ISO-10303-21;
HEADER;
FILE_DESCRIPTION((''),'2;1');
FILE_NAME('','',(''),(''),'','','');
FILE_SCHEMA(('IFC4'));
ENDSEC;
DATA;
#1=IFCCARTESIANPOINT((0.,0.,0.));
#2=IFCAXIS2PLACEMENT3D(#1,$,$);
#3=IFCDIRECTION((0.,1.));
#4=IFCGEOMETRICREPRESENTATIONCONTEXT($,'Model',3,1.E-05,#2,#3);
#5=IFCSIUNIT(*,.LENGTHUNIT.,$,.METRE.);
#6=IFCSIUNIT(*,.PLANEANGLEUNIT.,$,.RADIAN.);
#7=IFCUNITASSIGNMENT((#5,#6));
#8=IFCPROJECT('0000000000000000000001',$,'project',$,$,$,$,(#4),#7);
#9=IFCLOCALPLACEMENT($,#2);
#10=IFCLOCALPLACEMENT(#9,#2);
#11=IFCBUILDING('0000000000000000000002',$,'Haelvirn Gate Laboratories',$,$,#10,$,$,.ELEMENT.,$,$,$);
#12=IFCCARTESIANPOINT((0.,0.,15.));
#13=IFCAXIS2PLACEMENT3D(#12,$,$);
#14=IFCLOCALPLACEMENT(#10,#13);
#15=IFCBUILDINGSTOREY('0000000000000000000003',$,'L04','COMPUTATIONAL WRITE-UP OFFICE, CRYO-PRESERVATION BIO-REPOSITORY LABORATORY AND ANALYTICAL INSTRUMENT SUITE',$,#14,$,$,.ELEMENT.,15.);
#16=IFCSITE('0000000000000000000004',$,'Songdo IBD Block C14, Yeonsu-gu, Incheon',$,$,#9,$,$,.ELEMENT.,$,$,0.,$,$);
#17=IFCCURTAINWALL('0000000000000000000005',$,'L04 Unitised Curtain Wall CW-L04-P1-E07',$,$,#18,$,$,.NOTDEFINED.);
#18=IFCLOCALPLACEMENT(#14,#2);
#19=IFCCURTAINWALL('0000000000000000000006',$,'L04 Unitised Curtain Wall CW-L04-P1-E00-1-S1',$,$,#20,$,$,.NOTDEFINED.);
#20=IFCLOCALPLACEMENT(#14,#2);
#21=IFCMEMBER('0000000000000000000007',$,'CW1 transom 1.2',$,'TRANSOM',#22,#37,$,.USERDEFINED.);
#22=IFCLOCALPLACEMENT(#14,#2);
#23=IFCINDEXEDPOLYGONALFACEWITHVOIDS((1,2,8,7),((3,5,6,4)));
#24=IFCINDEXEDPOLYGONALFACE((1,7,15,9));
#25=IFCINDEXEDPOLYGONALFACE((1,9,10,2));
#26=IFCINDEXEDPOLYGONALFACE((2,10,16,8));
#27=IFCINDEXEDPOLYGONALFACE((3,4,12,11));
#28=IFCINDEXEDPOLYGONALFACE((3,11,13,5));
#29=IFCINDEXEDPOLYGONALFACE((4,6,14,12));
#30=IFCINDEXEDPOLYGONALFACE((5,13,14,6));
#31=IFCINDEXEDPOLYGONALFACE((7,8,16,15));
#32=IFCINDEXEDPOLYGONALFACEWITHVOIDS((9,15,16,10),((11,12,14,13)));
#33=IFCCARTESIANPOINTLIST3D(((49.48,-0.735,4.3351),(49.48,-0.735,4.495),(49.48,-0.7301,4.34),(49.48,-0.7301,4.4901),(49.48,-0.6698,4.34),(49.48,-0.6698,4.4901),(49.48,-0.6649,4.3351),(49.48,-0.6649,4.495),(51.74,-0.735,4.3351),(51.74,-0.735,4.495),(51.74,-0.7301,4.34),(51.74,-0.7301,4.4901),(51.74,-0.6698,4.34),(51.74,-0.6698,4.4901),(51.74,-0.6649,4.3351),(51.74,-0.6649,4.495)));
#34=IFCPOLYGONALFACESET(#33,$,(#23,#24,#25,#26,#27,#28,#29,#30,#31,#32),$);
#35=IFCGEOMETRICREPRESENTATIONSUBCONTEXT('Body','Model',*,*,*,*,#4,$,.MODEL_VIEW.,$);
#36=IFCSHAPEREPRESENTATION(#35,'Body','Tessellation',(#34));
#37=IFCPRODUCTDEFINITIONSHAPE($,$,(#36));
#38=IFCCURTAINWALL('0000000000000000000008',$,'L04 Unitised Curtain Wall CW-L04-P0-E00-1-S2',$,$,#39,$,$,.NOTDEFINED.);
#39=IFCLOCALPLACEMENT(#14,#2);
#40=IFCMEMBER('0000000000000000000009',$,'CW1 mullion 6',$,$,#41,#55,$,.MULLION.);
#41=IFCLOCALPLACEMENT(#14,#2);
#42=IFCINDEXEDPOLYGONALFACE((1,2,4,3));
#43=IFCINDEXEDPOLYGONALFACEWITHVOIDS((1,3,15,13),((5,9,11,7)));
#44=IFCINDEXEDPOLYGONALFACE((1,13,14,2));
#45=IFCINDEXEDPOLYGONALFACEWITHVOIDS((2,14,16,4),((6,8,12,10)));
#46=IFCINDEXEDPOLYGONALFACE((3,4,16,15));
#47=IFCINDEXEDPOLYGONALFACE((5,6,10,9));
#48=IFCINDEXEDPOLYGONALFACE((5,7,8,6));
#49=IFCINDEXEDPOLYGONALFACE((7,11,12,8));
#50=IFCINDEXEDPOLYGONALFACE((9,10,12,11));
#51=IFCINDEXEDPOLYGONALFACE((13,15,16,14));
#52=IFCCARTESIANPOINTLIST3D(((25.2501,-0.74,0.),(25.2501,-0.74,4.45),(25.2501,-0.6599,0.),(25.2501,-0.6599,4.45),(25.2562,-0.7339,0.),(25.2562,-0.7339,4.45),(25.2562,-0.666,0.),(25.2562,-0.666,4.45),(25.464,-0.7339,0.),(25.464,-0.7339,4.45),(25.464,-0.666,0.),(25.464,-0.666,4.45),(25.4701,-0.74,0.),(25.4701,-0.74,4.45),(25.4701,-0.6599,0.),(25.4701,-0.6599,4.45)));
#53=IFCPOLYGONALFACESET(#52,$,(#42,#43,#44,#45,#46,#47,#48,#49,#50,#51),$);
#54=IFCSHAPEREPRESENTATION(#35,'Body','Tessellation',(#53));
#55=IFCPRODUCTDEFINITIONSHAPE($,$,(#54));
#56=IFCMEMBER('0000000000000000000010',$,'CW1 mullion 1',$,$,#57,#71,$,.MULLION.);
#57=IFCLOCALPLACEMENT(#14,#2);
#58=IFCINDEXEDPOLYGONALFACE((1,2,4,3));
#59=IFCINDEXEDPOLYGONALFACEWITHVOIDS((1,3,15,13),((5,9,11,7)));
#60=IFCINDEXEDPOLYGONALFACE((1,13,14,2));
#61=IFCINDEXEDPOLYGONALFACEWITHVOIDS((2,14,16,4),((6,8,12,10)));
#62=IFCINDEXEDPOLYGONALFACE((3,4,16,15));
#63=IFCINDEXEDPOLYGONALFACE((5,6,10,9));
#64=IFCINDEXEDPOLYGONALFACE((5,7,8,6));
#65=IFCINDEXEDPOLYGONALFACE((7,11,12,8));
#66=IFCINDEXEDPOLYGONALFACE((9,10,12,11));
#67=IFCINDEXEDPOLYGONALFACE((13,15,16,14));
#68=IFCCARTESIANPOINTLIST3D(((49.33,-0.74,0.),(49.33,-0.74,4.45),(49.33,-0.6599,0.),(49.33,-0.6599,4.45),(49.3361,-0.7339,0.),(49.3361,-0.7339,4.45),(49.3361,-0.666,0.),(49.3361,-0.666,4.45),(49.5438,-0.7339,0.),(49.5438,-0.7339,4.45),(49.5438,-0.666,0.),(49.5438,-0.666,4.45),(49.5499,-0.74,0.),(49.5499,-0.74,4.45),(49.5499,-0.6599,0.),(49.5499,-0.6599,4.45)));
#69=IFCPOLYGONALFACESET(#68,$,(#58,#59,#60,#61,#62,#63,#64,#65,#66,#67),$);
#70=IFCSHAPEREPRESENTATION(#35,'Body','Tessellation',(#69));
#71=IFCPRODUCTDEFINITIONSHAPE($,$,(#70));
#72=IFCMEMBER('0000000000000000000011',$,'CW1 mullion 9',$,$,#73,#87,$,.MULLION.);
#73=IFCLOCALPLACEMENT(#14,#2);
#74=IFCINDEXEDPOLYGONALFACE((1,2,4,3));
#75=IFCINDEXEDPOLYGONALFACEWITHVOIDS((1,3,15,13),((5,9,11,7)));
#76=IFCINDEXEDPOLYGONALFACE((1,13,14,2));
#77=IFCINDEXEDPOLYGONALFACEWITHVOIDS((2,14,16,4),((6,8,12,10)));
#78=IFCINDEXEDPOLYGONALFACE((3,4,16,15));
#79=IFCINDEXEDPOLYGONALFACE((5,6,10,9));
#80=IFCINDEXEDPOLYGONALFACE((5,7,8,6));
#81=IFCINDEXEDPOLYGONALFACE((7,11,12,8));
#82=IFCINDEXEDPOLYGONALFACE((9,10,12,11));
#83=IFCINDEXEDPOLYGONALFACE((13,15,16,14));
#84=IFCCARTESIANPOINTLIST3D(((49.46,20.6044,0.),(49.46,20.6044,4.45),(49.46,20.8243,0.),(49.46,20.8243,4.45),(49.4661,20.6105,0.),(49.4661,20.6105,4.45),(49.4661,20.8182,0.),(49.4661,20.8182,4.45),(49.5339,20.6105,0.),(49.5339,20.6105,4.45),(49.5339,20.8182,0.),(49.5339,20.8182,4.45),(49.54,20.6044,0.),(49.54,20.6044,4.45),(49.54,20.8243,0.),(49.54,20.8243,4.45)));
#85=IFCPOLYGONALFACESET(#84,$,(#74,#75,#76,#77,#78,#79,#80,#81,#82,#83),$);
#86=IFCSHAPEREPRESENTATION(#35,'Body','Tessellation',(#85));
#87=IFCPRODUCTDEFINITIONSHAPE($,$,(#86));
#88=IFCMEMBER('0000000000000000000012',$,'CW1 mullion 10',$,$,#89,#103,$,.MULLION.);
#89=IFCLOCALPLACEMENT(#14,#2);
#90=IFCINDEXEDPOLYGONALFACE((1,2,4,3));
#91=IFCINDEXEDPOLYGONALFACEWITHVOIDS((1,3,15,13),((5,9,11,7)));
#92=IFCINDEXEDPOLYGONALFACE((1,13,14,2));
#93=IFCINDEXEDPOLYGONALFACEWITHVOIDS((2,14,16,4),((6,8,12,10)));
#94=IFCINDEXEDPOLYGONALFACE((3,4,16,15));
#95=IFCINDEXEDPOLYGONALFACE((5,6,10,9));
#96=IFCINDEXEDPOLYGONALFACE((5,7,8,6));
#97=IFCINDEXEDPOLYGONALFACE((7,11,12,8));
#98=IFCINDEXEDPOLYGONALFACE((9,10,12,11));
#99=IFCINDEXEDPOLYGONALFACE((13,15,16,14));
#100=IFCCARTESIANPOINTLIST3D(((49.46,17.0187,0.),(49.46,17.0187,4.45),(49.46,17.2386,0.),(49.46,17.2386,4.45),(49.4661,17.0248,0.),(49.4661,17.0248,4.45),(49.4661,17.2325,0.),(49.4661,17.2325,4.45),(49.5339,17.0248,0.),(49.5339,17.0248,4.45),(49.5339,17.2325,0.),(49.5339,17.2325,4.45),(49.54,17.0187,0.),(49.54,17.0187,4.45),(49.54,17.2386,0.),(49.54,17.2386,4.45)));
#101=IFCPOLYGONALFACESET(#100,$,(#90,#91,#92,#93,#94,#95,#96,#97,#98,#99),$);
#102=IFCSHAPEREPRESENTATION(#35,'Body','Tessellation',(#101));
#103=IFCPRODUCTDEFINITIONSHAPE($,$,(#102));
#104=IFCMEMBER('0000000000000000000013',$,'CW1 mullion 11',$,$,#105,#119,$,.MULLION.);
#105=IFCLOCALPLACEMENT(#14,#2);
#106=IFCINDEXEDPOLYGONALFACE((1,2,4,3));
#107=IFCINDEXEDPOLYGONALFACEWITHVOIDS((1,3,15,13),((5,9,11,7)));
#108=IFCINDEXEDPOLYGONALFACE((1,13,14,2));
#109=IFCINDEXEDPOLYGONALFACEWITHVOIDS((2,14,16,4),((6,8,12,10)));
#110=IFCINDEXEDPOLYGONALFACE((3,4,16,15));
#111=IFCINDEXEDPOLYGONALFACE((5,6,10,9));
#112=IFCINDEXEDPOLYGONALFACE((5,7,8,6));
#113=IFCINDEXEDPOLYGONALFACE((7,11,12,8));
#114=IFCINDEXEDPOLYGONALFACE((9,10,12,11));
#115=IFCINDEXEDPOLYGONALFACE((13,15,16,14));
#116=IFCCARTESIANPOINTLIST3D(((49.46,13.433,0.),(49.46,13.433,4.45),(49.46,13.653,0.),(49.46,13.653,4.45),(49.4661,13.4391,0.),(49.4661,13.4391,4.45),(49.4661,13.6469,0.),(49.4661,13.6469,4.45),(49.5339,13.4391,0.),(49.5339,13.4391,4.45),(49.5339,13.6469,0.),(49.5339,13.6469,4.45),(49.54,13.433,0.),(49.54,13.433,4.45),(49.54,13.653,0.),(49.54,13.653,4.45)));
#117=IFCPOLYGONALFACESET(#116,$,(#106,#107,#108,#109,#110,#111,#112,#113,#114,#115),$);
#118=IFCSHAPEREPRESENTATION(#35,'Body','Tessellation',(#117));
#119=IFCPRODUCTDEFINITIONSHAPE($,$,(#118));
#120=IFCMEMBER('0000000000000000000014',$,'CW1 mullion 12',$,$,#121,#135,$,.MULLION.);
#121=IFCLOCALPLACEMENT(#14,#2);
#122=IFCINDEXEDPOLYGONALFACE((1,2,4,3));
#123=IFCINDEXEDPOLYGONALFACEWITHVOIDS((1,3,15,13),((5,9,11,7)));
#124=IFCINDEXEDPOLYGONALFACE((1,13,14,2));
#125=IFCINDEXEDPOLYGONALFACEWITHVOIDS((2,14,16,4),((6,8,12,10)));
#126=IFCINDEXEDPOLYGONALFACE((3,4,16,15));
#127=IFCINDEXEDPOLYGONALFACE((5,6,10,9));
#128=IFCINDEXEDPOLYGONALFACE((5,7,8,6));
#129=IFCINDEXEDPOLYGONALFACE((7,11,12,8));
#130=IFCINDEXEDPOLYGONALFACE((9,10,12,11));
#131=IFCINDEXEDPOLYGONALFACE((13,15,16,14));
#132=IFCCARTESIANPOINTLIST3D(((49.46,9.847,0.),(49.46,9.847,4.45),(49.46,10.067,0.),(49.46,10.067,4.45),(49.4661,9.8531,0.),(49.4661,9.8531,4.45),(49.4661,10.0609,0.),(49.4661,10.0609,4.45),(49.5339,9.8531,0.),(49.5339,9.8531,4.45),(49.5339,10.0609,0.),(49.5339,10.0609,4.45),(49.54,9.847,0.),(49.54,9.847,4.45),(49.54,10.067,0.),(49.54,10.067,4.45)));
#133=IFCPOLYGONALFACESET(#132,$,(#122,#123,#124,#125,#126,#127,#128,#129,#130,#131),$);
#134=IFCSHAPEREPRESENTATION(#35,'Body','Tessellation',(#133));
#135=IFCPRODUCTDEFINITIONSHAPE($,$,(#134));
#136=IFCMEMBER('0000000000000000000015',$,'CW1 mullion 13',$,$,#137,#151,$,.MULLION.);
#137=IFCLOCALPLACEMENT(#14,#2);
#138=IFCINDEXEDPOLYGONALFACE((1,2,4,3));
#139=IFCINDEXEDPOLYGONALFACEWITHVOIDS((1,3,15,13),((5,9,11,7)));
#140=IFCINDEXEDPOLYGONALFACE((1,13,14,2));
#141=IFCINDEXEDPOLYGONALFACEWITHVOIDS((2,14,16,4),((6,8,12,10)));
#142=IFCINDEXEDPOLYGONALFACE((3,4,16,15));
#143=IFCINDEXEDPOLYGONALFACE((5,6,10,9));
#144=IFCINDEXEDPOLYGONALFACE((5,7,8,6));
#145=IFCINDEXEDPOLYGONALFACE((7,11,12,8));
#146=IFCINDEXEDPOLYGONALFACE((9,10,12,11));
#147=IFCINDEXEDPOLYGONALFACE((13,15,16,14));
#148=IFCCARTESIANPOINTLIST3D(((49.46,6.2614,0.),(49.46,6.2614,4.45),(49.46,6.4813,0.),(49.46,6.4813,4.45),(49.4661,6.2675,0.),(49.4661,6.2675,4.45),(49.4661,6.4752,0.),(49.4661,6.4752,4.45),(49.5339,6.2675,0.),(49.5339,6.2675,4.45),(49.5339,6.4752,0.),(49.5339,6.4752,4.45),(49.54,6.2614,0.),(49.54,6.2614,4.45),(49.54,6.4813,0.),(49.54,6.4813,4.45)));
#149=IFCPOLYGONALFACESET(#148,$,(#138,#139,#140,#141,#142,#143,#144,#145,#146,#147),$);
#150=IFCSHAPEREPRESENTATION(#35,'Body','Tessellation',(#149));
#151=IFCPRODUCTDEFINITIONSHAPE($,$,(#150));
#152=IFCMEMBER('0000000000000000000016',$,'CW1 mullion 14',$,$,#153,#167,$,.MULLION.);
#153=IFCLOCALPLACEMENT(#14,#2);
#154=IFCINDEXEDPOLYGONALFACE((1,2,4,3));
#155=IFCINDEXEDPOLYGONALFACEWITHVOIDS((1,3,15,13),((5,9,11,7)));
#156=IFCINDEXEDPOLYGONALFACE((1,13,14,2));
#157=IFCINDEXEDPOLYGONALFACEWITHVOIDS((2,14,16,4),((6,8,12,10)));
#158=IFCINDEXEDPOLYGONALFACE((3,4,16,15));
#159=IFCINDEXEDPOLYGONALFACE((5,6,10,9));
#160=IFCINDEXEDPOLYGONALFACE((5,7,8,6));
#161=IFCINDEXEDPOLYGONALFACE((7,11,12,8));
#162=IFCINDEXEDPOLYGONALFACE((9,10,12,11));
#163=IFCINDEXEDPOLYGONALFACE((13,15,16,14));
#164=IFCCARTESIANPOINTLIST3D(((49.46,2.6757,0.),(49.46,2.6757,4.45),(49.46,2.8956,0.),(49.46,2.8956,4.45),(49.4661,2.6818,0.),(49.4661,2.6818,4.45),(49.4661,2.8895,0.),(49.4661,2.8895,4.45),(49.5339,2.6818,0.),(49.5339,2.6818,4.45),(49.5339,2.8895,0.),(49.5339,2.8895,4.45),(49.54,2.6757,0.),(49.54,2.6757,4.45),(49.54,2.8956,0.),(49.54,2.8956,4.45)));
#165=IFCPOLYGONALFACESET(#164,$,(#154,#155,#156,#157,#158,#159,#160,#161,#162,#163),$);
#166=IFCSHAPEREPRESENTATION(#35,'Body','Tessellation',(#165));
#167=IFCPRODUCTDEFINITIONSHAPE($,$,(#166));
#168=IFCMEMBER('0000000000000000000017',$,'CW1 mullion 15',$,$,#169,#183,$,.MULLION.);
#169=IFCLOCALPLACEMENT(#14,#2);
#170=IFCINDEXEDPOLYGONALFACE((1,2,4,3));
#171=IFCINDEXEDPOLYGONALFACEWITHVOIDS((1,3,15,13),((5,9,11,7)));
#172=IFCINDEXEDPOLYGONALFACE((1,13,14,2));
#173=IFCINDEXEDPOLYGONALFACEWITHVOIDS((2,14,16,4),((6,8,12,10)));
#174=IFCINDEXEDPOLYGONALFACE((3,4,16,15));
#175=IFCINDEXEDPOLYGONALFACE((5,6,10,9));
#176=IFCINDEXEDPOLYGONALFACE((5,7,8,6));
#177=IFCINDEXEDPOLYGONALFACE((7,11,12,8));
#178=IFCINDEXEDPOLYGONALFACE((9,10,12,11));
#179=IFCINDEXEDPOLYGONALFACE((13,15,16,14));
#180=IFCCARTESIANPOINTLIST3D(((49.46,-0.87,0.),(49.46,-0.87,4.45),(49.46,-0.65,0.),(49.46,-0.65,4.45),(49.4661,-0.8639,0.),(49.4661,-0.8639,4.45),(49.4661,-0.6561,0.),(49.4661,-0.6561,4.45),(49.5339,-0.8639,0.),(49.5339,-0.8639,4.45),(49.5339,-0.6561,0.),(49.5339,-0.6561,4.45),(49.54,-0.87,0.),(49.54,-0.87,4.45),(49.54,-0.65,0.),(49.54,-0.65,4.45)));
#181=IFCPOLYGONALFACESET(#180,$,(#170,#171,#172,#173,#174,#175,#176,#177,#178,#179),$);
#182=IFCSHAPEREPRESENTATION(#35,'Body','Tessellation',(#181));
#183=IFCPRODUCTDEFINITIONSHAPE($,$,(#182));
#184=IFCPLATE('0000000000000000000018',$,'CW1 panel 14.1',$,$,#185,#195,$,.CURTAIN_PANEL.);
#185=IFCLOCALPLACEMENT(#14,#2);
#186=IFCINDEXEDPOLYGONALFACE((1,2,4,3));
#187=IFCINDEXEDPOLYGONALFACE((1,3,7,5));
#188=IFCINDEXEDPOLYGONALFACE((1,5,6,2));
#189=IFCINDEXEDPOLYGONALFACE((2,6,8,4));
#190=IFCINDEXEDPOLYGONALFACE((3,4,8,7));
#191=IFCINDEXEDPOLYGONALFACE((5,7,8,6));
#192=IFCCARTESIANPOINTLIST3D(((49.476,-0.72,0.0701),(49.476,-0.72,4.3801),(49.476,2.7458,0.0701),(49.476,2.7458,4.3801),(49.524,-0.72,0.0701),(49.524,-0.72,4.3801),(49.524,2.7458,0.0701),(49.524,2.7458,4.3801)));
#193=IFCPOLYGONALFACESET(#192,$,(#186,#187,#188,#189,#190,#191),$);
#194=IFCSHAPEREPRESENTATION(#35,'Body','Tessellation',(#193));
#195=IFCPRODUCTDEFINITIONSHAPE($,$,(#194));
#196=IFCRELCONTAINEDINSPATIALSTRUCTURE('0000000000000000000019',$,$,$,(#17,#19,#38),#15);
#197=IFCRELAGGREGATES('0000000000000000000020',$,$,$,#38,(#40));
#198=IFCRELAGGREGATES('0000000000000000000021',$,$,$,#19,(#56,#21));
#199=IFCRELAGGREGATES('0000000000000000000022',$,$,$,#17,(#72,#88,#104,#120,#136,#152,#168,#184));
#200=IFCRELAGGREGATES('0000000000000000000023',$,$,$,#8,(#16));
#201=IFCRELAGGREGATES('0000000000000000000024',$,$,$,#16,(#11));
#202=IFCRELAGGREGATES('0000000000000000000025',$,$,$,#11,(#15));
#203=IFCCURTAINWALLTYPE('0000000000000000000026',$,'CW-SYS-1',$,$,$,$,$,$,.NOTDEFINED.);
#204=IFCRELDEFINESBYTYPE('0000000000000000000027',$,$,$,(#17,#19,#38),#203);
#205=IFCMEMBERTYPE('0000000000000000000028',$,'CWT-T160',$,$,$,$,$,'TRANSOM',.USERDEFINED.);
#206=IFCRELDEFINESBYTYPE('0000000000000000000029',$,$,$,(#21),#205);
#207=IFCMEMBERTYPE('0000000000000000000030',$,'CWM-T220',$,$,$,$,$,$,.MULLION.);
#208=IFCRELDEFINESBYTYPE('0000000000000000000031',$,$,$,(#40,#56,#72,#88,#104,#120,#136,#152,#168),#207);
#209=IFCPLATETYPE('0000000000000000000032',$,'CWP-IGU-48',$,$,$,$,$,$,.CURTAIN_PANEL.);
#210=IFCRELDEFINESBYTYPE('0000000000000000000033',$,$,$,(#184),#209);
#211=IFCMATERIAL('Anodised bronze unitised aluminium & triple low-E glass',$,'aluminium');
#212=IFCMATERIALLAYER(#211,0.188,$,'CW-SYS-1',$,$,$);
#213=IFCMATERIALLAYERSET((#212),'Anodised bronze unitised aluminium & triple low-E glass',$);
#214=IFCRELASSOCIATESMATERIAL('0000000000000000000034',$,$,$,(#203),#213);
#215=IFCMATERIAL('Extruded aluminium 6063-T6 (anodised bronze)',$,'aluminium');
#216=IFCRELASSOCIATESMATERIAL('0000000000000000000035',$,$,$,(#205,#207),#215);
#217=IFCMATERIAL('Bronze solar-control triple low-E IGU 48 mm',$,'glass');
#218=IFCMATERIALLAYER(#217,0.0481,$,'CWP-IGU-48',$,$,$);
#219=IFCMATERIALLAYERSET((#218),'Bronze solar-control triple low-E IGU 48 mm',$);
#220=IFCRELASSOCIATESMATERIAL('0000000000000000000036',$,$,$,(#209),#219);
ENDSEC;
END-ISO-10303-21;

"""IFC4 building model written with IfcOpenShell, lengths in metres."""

from ifc_helpers import new_model, si_unit, direction, frame, origin, origin_2d, place, context, subcontext, project, spatial, rectangle, hollow_rectangle, extrude, source, transform, mapped, material, layer, layer_set, material_profile, profile_set, type_object, type_shapes, element, aggregate, save


model = new_model("IFC4")

# Units and contexts
model_context = context("Model", 3, precision=1e-05, world=origin(), true_north=direction((0.0, 1.0)))
body_context = subcontext(model_context, "Body", "Model", "MODEL_VIEW")
ifc_project = project(units=[si_unit("LENGTHUNIT", "METRE"), si_unit("PLANEANGLEUNIT", "RADIAN")], contexts=[model_context])

# Site, building, storey
site_placement = place(None, origin())
site = spatial("IfcSite", under=ifc_project, at=site_placement, Name="Songdo IBD Block C14, Yeonsu-gu, Incheon", CompositionType="ELEMENT", RefElevation=0.0)
building_placement = place(site_placement, origin())
building = spatial("IfcBuilding", under=site, at=building_placement, Name="Haelvirn Gate Laboratories", CompositionType="ELEMENT")
storey_placement = place(building_placement, frame((0.0, 0.0, 15.0)))
storey = spatial("IfcBuildingStorey", under=building, at=storey_placement, Name="L04", Description="COMPUTATIONAL WRITE-UP OFFICE, CRYO-PRESERVATION BIO-REPOSITORY LABORATORY AND ANALYTICAL INSTRUMENT SUITE", CompositionType="ELEMENT", Elevation=15.0)

# Curtain walls, member
ifc_material_1 = material(Name="Anodised bronze unitised aluminium & triple low-E glass", Category="aluminium")
ifc_layer_1 = layer(ifc_material_1, 0.188, Name="CW-SYS-1")
ifc_layer_set_1 = layer_set([ifc_layer_1], Name="Anodised bronze unitised aluminium & triple low-E glass")
curtain_wall_type = type_object("IfcCurtainWallType", Name="CW-SYS-1", PredefinedType="NOTDEFINED", material=ifc_layer_set_1)
curtain_wall_1_placement = place(storey_placement, origin())
curtain_wall_1 = element("IfcCurtainWall", 1, at=curtain_wall_1_placement, inside=storey, type_object=curtain_wall_type, Name="L04 Unitised Curtain Wall CW-L04-P1-E07", PredefinedType="NOTDEFINED")
ifc_material_2 = material(Name="Extruded aluminium 6063-T6 (anodised bronze)", Category="aluminium")
ifc_material_profile_1 = material_profile(ifc_material_2, hollow_rectangle(XDim=0.0701, YDim=0.1599, WallThickness=0.0049, at=origin_2d()), Name="CWT-160x70x5")
ifc_profile_set_1 = profile_set([ifc_material_profile_1], Name="Extruded aluminium 6063-T6 (anodised bronze)")
member_type_1 = type_object("IfcMemberType", Name="CWT-T160", ElementType="TRANSOM", PredefinedType="USERDEFINED", material=ifc_profile_set_1)
curtain_wall_2_placement = place(storey_placement, origin())
curtain_wall_2 = element("IfcCurtainWall", 2, at=curtain_wall_2_placement, inside=storey, type_object=curtain_wall_type, Name="L04 Unitised Curtain Wall CW-L04-P1-E00-1-S1", PredefinedType="NOTDEFINED")
shared_shape_1 = source(origin(), body_context, "Body", "SweptSolid", [
    extrude(hollow_rectangle(XDim=0.0701, YDim=0.1599, WallThickness=0.0049, at=origin_2d()), origin(), (0.0, 0.0, 1.0), 2.26),
])
member_1_placement = place(storey_placement, frame((49.48, -0.7, 4.415), z_axis=(1.0, 0.0, 0.0), x_axis=(0.0, 1.0, 0.0)))
member_1 = element("IfcMember", 3, at=member_1_placement, type_object=member_type_1, Name="CW1 transom 1.2", ObjectType="TRANSOM", PredefinedType="USERDEFINED", context=body_context, shape_type="MappedRepresentation", body=[
    mapped(shared_shape_1, transform((0.0, 0.0, 0.0), scale=1.0)),
])

# Curtain wall, member
curtain_wall_3_placement = place(storey_placement, origin())
curtain_wall_3 = element("IfcCurtainWall", 4, at=curtain_wall_3_placement, inside=storey, type_object=curtain_wall_type, Name="L04 Unitised Curtain Wall CW-L04-P0-E00-1-S2", PredefinedType="NOTDEFINED")
ifc_material_profile_2 = material_profile(ifc_material_2, hollow_rectangle(XDim=0.0801, YDim=0.22, WallThickness=0.0061, at=origin_2d()), Name="CWM-220x80x6")
ifc_profile_set_2 = profile_set([ifc_material_profile_2], Name="Extruded aluminium 6063-T6 (anodised bronze)")
member_type_2 = type_object("IfcMemberType", Name="CWM-T220", PredefinedType="MULLION", material=ifc_profile_set_2)
shared_shape_2 = source(origin(), body_context, "Body", "SweptSolid", [
    extrude(hollow_rectangle(XDim=0.0801, YDim=0.22, WallThickness=0.0061, at=origin_2d()), origin(), (0.0, 0.0, 1.0), 4.45),
])
type_shapes(member_type_2, [shared_shape_2])
member_2_placement = place(storey_placement, frame((25.3601, -0.7, 0.0), z_axis=(0.0, 0.0, 1.0), x_axis=(0.0, 1.0, 0.0)))
member_2 = element("IfcMember", 5, at=member_2_placement, type_object=member_type_2, Name="CW1 mullion 6", PredefinedType="MULLION", context=body_context, shape_type="MappedRepresentation", body=[
    mapped(shared_shape_2, transform((0.0, 0.0, 0.0), scale=1.0)),
])
aggregate(curtain_wall_3, [member_2])

# Members
member_3_placement = place(storey_placement, frame((49.4399, -0.7, 0.0), z_axis=(0.0, 0.0, 1.0), x_axis=(0.0, 1.0, 0.0)))
member_3 = element("IfcMember", 6, at=member_3_placement, type_object=member_type_2, Name="CW1 mullion 1", PredefinedType="MULLION", context=body_context, shape_type="MappedRepresentation", body=[
    mapped(shared_shape_2, transform((0.0, 0.0, 0.0), scale=1.0)),
])
aggregate(curtain_wall_2, [member_3, member_1])
member_4_placement = place(storey_placement, frame((49.5, 20.7144, 0.0), z_axis=(0.0, 0.0, 1.0), x_axis=(1.0, 0.0, 0.0)))
member_4 = element("IfcMember", 7, at=member_4_placement, type_object=member_type_2, Name="CW1 mullion 9", PredefinedType="MULLION", context=body_context, shape_type="MappedRepresentation", body=[
    mapped(shared_shape_2, transform((0.0, 0.0, 0.0), scale=1.0)),
])
member_5_placement = place(storey_placement, frame((49.5, 17.1287, 0.0), z_axis=(0.0, 0.0, 1.0), x_axis=(1.0, 0.0, 0.0)))
member_5 = element("IfcMember", 8, at=member_5_placement, type_object=member_type_2, Name="CW1 mullion 10", PredefinedType="MULLION", context=body_context, shape_type="MappedRepresentation", body=[
    mapped(shared_shape_2, transform((0.0, 0.0, 0.0), scale=1.0)),
])
member_6_placement = place(storey_placement, frame((49.5, 13.543, 0.0), z_axis=(0.0, 0.0, 1.0), x_axis=(1.0, 0.0, 0.0)))
member_6 = element("IfcMember", 9, at=member_6_placement, type_object=member_type_2, Name="CW1 mullion 11", PredefinedType="MULLION", context=body_context, shape_type="MappedRepresentation", body=[
    mapped(shared_shape_2, transform((0.0, 0.0, 0.0), scale=1.0)),
])
member_7_placement = place(storey_placement, frame((49.5, 9.957, 0.0), z_axis=(0.0, 0.0, 1.0), x_axis=(1.0, 0.0, 0.0)))
member_7 = element("IfcMember", 10, at=member_7_placement, type_object=member_type_2, Name="CW1 mullion 12", PredefinedType="MULLION", context=body_context, shape_type="MappedRepresentation", body=[
    mapped(shared_shape_2, transform((0.0, 0.0, 0.0), scale=1.0)),
])
member_8_placement = place(storey_placement, frame((49.5, 6.3713, 0.0), z_axis=(0.0, 0.0, 1.0), x_axis=(1.0, 0.0, 0.0)))
member_8 = element("IfcMember", 11, at=member_8_placement, type_object=member_type_2, Name="CW1 mullion 13", PredefinedType="MULLION", context=body_context, shape_type="MappedRepresentation", body=[
    mapped(shared_shape_2, transform((0.0, 0.0, 0.0), scale=1.0)),
])
member_9_placement = place(storey_placement, frame((49.5, 2.7856, 0.0), z_axis=(0.0, 0.0, 1.0), x_axis=(1.0, 0.0, 0.0)))
member_9 = element("IfcMember", 12, at=member_9_placement, type_object=member_type_2, Name="CW1 mullion 14", PredefinedType="MULLION", context=body_context, shape_type="MappedRepresentation", body=[
    mapped(shared_shape_2, transform((0.0, 0.0, 0.0), scale=1.0)),
])
member_10_placement = place(storey_placement, frame((49.5, -0.76, 0.0), z_axis=(0.0, 0.0, 1.0), x_axis=(1.0, 0.0, 0.0)))
member_10 = element("IfcMember", 13, at=member_10_placement, type_object=member_type_2, Name="CW1 mullion 15", PredefinedType="MULLION", context=body_context, shape_type="MappedRepresentation", body=[
    mapped(shared_shape_2, transform((0.0, 0.0, 0.0), scale=1.0)),
])

# Plate
ifc_material_3 = material(Name="Bronze solar-control triple low-E IGU 48 mm", Category="glass")
ifc_layer_2 = layer(ifc_material_3, 0.0481, Name="CWP-IGU-48")
ifc_layer_set_2 = layer_set([ifc_layer_2], Name="Bronze solar-control triple low-E IGU 48 mm")
plate_type = type_object("IfcPlateType", Name="CWP-IGU-48", PredefinedType="CURTAIN_PANEL", material=ifc_layer_set_2)
shared_shape_3 = source(origin(), body_context, "Body", "SweptSolid", [
    extrude(rectangle(XDim=3.4658, YDim=0.0481, at=origin_2d()), origin(), (0.0, 0.0, 1.0), 4.3101),
])
plate_1_placement = place(storey_placement, frame((49.5, 1.0129, 0.0701), z_axis=(0.0, 0.0, 1.0), x_axis=(0.0, -1.0, 0.0)))
plate_1 = element("IfcPlate", 14, at=plate_1_placement, type_object=plate_type, Name="CW1 panel 14.1", PredefinedType="CURTAIN_PANEL", context=body_context, shape_type="MappedRepresentation", body=[
    mapped(shared_shape_3, transform((0.0, 0.0, 0.0), scale=1.0)),
])
aggregate(curtain_wall_1, [member_4, member_5, member_6, member_7, member_8, member_9, member_10, plate_1])

save(model, "model.ifc")
